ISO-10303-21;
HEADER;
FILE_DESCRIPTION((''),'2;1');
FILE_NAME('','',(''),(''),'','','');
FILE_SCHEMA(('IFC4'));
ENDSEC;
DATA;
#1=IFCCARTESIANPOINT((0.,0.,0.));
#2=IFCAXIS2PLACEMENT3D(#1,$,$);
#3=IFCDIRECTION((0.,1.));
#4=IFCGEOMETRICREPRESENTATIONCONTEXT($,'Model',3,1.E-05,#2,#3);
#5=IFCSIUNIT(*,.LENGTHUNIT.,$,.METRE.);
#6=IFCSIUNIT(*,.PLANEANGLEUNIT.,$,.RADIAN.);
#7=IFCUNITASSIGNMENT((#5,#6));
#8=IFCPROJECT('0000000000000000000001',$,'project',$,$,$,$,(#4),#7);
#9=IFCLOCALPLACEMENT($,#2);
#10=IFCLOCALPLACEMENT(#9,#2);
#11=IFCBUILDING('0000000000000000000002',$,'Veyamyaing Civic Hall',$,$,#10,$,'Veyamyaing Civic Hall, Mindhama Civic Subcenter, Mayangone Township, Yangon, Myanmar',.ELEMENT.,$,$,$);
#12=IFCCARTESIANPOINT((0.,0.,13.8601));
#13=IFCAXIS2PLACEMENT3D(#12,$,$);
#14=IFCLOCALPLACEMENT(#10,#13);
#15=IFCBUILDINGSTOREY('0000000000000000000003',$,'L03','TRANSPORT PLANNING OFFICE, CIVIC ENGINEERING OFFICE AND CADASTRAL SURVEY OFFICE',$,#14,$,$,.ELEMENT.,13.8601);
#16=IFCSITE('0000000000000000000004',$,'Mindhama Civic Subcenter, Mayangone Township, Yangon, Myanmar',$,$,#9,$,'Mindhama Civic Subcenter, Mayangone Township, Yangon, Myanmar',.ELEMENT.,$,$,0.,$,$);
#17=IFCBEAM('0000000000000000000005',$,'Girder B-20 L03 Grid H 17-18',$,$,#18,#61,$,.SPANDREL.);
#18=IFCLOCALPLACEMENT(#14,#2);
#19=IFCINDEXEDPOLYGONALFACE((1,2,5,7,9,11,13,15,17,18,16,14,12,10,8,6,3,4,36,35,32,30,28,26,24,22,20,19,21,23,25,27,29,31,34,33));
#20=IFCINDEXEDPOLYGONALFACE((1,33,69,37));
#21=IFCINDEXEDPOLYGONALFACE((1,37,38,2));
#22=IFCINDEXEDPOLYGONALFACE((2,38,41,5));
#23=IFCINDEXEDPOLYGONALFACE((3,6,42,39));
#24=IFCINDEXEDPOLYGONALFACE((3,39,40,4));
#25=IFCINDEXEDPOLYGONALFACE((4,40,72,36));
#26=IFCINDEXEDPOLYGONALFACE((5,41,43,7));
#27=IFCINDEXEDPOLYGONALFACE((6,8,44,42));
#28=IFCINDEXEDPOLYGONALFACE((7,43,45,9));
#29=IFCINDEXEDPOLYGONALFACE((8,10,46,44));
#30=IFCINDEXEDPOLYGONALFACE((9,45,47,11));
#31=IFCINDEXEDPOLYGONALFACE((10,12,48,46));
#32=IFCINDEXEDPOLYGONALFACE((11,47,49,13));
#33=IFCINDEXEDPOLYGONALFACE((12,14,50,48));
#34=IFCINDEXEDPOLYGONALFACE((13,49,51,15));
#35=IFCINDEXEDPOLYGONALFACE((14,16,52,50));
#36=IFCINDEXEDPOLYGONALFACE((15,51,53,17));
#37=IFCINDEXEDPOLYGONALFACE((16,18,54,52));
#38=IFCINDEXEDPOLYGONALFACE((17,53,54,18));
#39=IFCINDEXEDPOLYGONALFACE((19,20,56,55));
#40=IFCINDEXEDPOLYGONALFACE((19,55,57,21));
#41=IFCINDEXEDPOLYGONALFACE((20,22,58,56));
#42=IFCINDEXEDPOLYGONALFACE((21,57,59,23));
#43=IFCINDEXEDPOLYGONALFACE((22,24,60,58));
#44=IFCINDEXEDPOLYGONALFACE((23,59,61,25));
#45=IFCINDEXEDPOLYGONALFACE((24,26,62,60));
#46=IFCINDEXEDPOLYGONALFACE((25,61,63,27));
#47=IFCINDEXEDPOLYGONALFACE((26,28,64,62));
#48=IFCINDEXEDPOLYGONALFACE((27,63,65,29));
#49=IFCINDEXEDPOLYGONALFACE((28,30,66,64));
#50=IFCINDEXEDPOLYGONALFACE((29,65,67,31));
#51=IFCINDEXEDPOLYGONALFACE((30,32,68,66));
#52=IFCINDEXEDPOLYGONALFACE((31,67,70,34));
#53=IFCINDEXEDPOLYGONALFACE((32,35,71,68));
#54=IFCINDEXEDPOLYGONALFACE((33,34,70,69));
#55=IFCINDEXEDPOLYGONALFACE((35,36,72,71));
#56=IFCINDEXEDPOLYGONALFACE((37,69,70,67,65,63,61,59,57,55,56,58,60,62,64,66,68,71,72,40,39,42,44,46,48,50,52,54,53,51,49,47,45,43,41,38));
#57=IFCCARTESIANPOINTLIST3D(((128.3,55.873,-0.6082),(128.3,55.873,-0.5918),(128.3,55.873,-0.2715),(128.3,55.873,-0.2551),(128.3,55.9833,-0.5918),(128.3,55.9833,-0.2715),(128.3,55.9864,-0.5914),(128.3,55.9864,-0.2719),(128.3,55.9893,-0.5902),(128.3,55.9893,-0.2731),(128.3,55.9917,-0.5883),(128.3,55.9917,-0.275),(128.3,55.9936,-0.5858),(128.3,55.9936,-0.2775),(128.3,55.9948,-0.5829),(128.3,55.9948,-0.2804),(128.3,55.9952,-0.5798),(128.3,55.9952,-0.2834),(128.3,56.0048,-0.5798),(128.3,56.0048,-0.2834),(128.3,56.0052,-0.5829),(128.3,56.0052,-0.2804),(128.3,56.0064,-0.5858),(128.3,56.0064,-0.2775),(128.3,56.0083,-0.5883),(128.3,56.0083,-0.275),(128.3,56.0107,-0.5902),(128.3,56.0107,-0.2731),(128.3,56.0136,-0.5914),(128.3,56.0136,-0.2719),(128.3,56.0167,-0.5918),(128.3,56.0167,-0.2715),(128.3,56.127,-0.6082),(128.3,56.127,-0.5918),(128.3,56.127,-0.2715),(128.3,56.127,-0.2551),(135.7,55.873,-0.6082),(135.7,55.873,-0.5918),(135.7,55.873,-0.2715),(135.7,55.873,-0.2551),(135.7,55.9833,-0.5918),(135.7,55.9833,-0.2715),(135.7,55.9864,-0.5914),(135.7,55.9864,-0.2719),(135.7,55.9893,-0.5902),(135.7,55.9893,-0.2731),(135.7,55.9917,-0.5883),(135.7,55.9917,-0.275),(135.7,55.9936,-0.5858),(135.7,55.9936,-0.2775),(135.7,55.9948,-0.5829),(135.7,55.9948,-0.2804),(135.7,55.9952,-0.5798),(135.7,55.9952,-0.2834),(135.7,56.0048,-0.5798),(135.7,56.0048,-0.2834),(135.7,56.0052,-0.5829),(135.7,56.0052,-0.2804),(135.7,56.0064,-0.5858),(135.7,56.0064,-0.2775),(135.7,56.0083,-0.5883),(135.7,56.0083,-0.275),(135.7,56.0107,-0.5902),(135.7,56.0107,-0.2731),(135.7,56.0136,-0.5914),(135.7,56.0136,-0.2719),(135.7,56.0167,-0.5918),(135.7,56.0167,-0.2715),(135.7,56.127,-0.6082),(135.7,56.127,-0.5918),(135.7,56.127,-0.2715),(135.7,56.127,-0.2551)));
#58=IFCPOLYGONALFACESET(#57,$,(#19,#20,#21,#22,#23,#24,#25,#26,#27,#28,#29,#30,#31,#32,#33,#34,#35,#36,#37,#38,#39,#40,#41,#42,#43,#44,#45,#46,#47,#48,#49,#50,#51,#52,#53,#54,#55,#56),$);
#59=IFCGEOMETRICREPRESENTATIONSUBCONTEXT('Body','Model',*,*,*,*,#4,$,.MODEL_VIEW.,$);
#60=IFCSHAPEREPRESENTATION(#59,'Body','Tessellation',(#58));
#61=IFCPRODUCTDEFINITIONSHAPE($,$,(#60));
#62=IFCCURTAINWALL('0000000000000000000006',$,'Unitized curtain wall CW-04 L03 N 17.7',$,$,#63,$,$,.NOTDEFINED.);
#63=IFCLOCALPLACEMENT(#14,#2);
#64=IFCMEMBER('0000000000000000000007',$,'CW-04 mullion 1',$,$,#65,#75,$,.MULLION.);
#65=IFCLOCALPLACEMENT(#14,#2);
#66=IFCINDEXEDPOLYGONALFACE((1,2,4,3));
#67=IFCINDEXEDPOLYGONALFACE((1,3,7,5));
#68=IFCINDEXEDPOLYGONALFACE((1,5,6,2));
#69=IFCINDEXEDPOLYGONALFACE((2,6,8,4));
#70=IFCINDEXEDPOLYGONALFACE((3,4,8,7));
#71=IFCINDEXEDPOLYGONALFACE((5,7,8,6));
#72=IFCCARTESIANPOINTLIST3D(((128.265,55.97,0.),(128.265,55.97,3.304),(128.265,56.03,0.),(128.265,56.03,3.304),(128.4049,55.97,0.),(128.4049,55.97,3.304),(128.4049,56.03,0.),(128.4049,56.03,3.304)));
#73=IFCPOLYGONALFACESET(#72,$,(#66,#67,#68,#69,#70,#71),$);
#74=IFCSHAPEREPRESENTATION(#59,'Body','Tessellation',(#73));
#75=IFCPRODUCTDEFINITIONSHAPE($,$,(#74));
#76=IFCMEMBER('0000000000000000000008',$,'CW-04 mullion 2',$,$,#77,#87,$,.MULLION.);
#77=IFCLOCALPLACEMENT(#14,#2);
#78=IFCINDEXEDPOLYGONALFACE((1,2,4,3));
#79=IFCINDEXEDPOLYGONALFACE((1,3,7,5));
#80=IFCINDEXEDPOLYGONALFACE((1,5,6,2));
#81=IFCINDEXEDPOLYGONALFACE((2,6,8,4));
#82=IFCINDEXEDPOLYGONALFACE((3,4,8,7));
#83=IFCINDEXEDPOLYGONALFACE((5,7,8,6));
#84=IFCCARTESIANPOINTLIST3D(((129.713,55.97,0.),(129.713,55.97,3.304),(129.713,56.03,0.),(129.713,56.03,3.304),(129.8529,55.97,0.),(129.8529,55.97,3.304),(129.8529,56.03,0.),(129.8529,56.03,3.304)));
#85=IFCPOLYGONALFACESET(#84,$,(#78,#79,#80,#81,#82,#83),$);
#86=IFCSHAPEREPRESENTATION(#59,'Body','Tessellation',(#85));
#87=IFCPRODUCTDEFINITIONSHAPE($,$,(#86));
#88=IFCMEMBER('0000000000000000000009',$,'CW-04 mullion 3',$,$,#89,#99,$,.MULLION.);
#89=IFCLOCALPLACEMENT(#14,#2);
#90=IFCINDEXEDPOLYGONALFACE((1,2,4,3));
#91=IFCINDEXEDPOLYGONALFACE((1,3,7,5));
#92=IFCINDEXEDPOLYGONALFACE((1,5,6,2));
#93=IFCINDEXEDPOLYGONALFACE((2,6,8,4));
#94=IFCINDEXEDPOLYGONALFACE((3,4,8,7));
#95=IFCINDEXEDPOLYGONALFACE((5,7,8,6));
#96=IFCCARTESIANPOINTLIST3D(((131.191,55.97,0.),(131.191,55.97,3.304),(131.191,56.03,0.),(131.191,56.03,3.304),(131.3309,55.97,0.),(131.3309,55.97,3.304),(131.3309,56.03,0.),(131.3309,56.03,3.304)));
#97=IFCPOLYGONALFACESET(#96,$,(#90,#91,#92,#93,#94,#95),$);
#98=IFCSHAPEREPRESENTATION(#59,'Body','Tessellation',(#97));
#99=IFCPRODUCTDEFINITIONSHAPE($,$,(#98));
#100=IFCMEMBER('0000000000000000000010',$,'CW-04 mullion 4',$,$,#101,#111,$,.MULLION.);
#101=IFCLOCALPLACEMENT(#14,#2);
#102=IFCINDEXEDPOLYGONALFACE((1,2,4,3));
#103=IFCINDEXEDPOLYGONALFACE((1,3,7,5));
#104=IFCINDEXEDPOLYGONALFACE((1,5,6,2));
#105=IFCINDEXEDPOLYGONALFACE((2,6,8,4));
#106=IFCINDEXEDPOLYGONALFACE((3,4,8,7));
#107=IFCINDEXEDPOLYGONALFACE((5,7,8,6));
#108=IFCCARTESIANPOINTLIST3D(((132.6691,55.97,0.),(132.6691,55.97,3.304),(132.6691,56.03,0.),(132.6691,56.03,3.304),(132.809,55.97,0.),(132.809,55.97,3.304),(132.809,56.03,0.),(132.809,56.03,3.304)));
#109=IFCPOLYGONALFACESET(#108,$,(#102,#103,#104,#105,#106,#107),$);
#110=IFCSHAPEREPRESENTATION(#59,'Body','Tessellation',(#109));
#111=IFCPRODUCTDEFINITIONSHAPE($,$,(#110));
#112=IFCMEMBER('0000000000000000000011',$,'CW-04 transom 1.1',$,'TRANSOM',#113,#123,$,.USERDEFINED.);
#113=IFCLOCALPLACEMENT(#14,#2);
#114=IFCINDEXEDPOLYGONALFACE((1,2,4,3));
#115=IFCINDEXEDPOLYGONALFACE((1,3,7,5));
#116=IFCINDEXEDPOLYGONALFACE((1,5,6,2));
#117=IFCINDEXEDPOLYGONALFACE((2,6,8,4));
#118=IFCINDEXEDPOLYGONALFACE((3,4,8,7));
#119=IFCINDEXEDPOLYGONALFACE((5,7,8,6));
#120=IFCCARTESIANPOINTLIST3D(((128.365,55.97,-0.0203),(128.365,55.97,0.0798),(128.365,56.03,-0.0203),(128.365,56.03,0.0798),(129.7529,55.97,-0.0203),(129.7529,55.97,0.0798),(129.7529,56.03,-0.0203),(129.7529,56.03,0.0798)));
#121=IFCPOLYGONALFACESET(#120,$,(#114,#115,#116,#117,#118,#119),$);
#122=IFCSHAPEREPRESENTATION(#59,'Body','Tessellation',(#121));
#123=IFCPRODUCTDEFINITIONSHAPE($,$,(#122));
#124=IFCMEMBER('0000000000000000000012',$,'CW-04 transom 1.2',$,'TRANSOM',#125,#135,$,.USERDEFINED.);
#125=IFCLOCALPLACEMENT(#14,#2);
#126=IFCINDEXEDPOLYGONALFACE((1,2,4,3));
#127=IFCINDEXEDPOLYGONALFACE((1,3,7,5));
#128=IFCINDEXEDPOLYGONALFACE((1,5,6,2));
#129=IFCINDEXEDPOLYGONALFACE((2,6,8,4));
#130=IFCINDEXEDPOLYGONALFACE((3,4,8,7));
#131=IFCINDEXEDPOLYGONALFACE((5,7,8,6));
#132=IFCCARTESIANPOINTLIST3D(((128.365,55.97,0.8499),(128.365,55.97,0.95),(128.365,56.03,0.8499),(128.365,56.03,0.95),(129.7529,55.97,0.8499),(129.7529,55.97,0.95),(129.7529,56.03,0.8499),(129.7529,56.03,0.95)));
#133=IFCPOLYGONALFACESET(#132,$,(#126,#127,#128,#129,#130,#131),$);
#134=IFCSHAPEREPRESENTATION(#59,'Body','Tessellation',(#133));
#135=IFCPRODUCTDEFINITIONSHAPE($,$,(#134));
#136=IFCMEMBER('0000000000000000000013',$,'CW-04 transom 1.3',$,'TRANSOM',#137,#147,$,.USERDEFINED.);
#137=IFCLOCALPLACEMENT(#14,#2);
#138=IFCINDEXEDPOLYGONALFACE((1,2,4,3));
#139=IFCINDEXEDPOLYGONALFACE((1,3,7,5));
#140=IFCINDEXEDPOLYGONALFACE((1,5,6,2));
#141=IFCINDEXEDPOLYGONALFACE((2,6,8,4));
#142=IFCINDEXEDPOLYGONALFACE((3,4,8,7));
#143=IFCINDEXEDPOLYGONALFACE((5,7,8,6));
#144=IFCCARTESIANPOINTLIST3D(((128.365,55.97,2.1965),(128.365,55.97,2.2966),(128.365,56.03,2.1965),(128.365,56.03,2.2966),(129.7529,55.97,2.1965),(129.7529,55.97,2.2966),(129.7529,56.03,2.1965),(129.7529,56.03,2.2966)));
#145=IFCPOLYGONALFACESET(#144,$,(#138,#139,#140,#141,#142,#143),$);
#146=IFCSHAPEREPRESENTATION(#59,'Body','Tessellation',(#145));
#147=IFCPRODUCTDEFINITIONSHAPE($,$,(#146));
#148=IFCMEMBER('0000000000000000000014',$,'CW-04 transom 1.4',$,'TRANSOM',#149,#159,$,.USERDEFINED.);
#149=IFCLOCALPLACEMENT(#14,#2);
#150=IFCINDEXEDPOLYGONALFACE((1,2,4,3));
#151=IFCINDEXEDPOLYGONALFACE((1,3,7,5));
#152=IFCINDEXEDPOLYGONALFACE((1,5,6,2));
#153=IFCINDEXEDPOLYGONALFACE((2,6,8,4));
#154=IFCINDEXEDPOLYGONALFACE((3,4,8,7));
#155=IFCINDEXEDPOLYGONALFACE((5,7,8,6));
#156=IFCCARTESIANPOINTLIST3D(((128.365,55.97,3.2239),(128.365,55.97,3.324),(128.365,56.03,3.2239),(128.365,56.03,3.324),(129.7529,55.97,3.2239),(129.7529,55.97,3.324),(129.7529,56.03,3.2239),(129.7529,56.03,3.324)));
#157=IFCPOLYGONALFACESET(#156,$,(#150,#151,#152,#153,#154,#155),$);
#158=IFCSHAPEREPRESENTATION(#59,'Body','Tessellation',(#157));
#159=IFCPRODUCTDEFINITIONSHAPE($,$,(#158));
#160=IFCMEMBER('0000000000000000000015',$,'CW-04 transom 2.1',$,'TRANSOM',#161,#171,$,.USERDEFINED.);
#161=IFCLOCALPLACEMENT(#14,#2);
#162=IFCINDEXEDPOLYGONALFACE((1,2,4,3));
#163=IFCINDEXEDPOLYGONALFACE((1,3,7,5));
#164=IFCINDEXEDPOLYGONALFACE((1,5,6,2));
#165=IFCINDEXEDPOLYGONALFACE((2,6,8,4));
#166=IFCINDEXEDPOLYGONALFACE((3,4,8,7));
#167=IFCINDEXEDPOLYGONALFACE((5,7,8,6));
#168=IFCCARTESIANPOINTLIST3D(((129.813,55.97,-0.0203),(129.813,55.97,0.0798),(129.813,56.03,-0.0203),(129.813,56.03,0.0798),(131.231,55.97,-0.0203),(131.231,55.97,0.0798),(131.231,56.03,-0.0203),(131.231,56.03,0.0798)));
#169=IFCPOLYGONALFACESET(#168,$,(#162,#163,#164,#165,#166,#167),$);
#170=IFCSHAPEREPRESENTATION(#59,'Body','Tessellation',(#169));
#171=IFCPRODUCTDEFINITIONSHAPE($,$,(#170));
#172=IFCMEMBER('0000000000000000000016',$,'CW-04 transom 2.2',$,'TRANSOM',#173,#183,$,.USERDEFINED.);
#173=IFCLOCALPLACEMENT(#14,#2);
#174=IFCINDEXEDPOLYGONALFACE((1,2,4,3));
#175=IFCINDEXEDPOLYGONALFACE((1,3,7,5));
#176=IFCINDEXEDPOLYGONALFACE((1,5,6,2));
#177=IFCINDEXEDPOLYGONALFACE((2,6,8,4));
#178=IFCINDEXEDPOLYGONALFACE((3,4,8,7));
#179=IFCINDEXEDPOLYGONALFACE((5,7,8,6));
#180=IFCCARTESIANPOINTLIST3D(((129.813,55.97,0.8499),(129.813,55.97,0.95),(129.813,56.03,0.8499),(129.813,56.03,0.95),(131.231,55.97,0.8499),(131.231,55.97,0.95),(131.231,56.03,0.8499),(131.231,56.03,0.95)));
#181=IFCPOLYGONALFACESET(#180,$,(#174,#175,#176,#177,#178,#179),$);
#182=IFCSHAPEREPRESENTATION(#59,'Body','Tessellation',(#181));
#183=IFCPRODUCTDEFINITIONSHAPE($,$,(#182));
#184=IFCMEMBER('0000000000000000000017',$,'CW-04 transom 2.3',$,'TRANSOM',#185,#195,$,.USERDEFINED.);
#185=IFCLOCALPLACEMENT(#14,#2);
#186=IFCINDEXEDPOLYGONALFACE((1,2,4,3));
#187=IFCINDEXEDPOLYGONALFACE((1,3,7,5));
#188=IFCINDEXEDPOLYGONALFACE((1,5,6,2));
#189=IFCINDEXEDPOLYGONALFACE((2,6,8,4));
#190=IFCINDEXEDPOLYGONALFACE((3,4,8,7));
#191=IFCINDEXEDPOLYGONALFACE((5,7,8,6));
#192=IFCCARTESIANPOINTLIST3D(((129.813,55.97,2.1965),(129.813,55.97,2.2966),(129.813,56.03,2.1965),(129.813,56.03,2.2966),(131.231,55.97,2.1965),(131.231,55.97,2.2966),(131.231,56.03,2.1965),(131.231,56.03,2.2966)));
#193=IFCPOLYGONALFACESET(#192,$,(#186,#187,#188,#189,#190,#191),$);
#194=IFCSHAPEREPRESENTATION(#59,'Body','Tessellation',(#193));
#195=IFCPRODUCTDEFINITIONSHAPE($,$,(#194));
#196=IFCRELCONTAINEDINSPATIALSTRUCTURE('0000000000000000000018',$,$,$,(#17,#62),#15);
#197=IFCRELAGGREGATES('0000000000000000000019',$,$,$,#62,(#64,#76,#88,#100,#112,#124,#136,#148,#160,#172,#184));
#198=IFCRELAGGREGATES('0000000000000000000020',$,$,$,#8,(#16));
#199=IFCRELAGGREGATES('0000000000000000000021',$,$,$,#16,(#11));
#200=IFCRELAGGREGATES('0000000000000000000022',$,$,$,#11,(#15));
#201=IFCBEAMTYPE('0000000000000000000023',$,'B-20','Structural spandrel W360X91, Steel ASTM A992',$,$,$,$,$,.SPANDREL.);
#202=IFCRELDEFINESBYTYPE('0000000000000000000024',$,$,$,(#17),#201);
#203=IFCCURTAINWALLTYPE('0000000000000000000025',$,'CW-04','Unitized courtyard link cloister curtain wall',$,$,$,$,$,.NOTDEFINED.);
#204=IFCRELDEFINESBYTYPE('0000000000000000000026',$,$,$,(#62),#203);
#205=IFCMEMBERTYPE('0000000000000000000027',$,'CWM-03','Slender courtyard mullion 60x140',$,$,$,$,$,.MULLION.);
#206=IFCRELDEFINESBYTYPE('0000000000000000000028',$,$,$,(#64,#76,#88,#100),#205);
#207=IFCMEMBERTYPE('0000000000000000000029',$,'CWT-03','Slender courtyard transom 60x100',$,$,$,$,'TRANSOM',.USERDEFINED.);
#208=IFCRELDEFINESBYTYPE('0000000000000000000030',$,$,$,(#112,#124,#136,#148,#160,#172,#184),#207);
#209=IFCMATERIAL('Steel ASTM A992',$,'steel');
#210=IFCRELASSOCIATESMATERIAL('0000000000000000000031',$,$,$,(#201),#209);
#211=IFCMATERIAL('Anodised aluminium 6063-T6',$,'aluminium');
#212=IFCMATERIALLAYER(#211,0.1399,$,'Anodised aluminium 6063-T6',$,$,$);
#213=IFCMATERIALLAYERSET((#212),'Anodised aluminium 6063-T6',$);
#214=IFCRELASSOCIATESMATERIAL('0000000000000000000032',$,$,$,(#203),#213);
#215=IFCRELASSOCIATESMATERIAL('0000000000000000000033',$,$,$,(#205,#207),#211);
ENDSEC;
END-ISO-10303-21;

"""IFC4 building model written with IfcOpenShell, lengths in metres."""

from ifc_helpers import new_model, si_unit, direction, frame, origin, origin_2d, place, context, subcontext, project, spatial, rectangle, i_section, extrude, material, layer, layer_set, material_profile, profile_set, type_object, element, aggregate, save


model = new_model("IFC4")

# Units and contexts
model_context = context("Model", 3, precision=1e-05, world=origin(), true_north=direction((0.0, 1.0)))
body_context = subcontext(model_context, "Body", "Model", "MODEL_VIEW")
ifc_project = project(units=[si_unit("LENGTHUNIT", "METRE"), si_unit("PLANEANGLEUNIT", "RADIAN")], contexts=[model_context])

# Site, building, storey
site_placement = place(None, origin())
site = spatial("IfcSite", under=ifc_project, at=site_placement, Name="Mindhama Civic Subcenter, Mayangone Township, Yangon, Myanmar", LongName="Mindhama Civic Subcenter, Mayangone Township, Yangon, Myanmar", CompositionType="ELEMENT", RefElevation=0.0)
building_placement = place(site_placement, origin())
building = spatial("IfcBuilding", under=site, at=building_placement, Name="Veyamyaing Civic Hall", LongName="Veyamyaing Civic Hall, Mindhama Civic Subcenter, Mayangone Township, Yangon, Myanmar", CompositionType="ELEMENT")
storey_placement = place(building_placement, frame((0.0, 0.0, 13.8601)))
storey = spatial("IfcBuildingStorey", under=building, at=storey_placement, Name="L03", Description="TRANSPORT PLANNING OFFICE, CIVIC ENGINEERING OFFICE AND CADASTRAL SURVEY OFFICE", CompositionType="ELEMENT", Elevation=13.8601)

# Beam
ifc_material_1 = material(Name="Steel ASTM A992", Category="steel")
ifc_material_profile_1 = material_profile(ifc_material_1, i_section(OverallWidth=0.2539, OverallDepth=0.353, WebThickness=0.0095, FlangeThickness=0.0164, FilletRadius=0.012, at=origin_2d()), Name="W360X91")
ifc_profile_set_1 = profile_set([ifc_material_profile_1], Name="Steel ASTM A992")
beam_type = type_object("IfcBeamType", Name="B-20", Description="Structural spandrel W360X91, Steel ASTM A992", PredefinedType="SPANDREL", material=ifc_profile_set_1)
beam_placement = place(storey_placement, frame((128.3, 56.0, -0.4316), z_axis=(1.0, 0.0, 0.0), x_axis=(0.0, 1.0, 0.0)))
element("IfcBeam", 1, at=beam_placement, inside=storey, type_object=beam_type, Name="Girder B-20 L03 Grid H 17-18", PredefinedType="SPANDREL", context=body_context, shape_type="SweptSolid", body=[
    extrude(i_section(OverallWidth=0.2539, OverallDepth=0.353, WebThickness=0.0095, FlangeThickness=0.0164, FilletRadius=0.012, at=origin_2d()), origin(), (0.0, 0.0, 1.0), 7.3999),
])

# Curtain wall, members
ifc_material_2 = material(Name="Anodised aluminium 6063-T6", Category="aluminium")
ifc_layer_1 = layer(ifc_material_2, 0.1399, Name="Anodised aluminium 6063-T6")
ifc_layer_set_1 = layer_set([ifc_layer_1], Name="Anodised aluminium 6063-T6")
curtain_wall_type = type_object("IfcCurtainWallType", Name="CW-04", Description="Unitized courtyard link cloister curtain wall", PredefinedType="NOTDEFINED", material=ifc_layer_set_1)
curtain_wall_placement = place(storey_placement, origin())
curtain_wall = element("IfcCurtainWall", 2, at=curtain_wall_placement, inside=storey, type_object=curtain_wall_type, Name="Unitized curtain wall CW-04 L03 N 17.7", PredefinedType="NOTDEFINED")
ifc_material_profile_2 = material_profile(ifc_material_2, rectangle(XDim=0.0601, YDim=0.1399, at=origin_2d()), Name="ALU-MUL-60X140")
ifc_profile_set_2 = profile_set([ifc_material_profile_2], Name="Anodised aluminium 6063-T6")
member_type_1 = type_object("IfcMemberType", Name="CWM-03", Description="Slender courtyard mullion 60x140", PredefinedType="MULLION", material=ifc_profile_set_2)
member_1_placement = place(storey_placement, frame((128.335, 56.0, 0.0), z_axis=(0.0, 0.0, 1.0), x_axis=(0.0, 1.0, 0.0)))
member_1 = element("IfcMember", 3, at=member_1_placement, type_object=member_type_1, Name="CW-04 mullion 1", PredefinedType="MULLION", context=body_context, shape_type="SweptSolid", body=[
    extrude(rectangle(XDim=0.0601, YDim=0.1399, at=origin_2d()), origin(), (0.0, 0.0, 1.0), 3.304),
])
member_2_placement = place(storey_placement, frame((129.783, 56.0, 0.0), z_axis=(0.0, 0.0, 1.0), x_axis=(0.0, 1.0, 0.0)))
member_2 = element("IfcMember", 4, at=member_2_placement, type_object=member_type_1, Name="CW-04 mullion 2", PredefinedType="MULLION", context=body_context, shape_type="SweptSolid", body=[
    extrude(rectangle(XDim=0.0601, YDim=0.1399, at=origin_2d()), origin(), (0.0, 0.0, 1.0), 3.304),
])
member_3_placement = place(storey_placement, frame((131.261, 56.0, 0.0), z_axis=(0.0, 0.0, 1.0), x_axis=(0.0, 1.0, 0.0)))
member_3 = element("IfcMember", 5, at=member_3_placement, type_object=member_type_1, Name="CW-04 mullion 3", PredefinedType="MULLION", context=body_context, shape_type="SweptSolid", body=[
    extrude(rectangle(XDim=0.0601, YDim=0.1399, at=origin_2d()), origin(), (0.0, 0.0, 1.0), 3.304),
])
member_4_placement = place(storey_placement, frame((132.739, 56.0, 0.0), z_axis=(0.0, 0.0, 1.0), x_axis=(0.0, 1.0, 0.0)))
member_4 = element("IfcMember", 6, at=member_4_placement, type_object=member_type_1, Name="CW-04 mullion 4", PredefinedType="MULLION", context=body_context, shape_type="SweptSolid", body=[
    extrude(rectangle(XDim=0.0601, YDim=0.1399, at=origin_2d()), origin(), (0.0, 0.0, 1.0), 3.304),
])
ifc_material_profile_3 = material_profile(ifc_material_2, rectangle(XDim=0.0601, YDim=0.1001, at=origin_2d()), Name="ALU-TRN-60X100")
ifc_profile_set_3 = profile_set([ifc_material_profile_3], Name="Anodised aluminium 6063-T6")
member_type_2 = type_object("IfcMemberType", Name="CWT-03", Description="Slender courtyard transom 60x100", ElementType="TRANSOM", PredefinedType="USERDEFINED", material=ifc_profile_set_3)
member_5_placement = place(storey_placement, frame((128.365, 56.0, 0.0298), z_axis=(1.0, 0.0, 0.0), x_axis=(0.0, 1.0, 0.0)))
member_5 = element("IfcMember", 7, at=member_5_placement, type_object=member_type_2, Name="CW-04 transom 1.1", ObjectType="TRANSOM", PredefinedType="USERDEFINED", context=body_context, shape_type="SweptSolid", body=[
    extrude(rectangle(XDim=0.0601, YDim=0.1001, at=origin_2d()), origin(), (0.0, 0.0, 1.0), 1.3879),
])
member_6_placement = place(storey_placement, frame((128.365, 56.0, 0.8999), z_axis=(1.0, 0.0, 0.0), x_axis=(0.0, 1.0, 0.0)))
member_6 = element("IfcMember", 8, at=member_6_placement, type_object=member_type_2, Name="CW-04 transom 1.2", ObjectType="TRANSOM", PredefinedType="USERDEFINED", context=body_context, shape_type="SweptSolid", body=[
    extrude(rectangle(XDim=0.0601, YDim=0.1001, at=origin_2d()), origin(), (0.0, 0.0, 1.0), 1.3879),
])
member_7_placement = place(storey_placement, frame((128.365, 56.0, 2.2466), z_axis=(1.0, 0.0, 0.0), x_axis=(0.0, 1.0, 0.0)))
member_7 = element("IfcMember", 9, at=member_7_placement, type_object=member_type_2, Name="CW-04 transom 1.3", ObjectType="TRANSOM", PredefinedType="USERDEFINED", context=body_context, shape_type="SweptSolid", body=[
    extrude(rectangle(XDim=0.0601, YDim=0.1001, at=origin_2d()), origin(), (0.0, 0.0, 1.0), 1.3879),
])
member_8_placement = place(storey_placement, frame((128.365, 56.0, 3.2739), z_axis=(1.0, 0.0, 0.0), x_axis=(0.0, 1.0, 0.0)))
member_8 = element("IfcMember", 10, at=member_8_placement, type_object=member_type_2, Name="CW-04 transom 1.4", ObjectType="TRANSOM", PredefinedType="USERDEFINED", context=body_context, shape_type="SweptSolid", body=[
    extrude(rectangle(XDim=0.0601, YDim=0.1001, at=origin_2d()), origin(), (0.0, 0.0, 1.0), 1.3879),
])
member_9_placement = place(storey_placement, frame((129.813, 56.0, 0.0298), z_axis=(1.0, 0.0, 0.0), x_axis=(0.0, 1.0, 0.0)))
member_9 = element("IfcMember", 11, at=member_9_placement, type_object=member_type_2, Name="CW-04 transom 2.1", ObjectType="TRANSOM", PredefinedType="USERDEFINED", context=body_context, shape_type="SweptSolid", body=[
    extrude(rectangle(XDim=0.0601, YDim=0.1001, at=origin_2d()), origin(), (0.0, 0.0, 1.0), 1.418),
])
member_10_placement = place(storey_placement, frame((129.813, 56.0, 0.8999), z_axis=(1.0, 0.0, 0.0), x_axis=(0.0, 1.0, 0.0)))
member_10 = element("IfcMember", 12, at=member_10_placement, type_object=member_type_2, Name="CW-04 transom 2.2", ObjectType="TRANSOM", PredefinedType="USERDEFINED", context=body_context, shape_type="SweptSolid", body=[
    extrude(rectangle(XDim=0.0601, YDim=0.1001, at=origin_2d()), origin(), (0.0, 0.0, 1.0), 1.418),
])
member_11_placement = place(storey_placement, frame((129.813, 56.0, 2.2466), z_axis=(1.0, 0.0, 0.0), x_axis=(0.0, 1.0, 0.0)))
member_11 = element("IfcMember", 13, at=member_11_placement, type_object=member_type_2, Name="CW-04 transom 2.3", ObjectType="TRANSOM", PredefinedType="USERDEFINED", context=body_context, shape_type="SweptSolid", body=[
    extrude(rectangle(XDim=0.0601, YDim=0.1001, at=origin_2d()), origin(), (0.0, 0.0, 1.0), 1.418),
])
aggregate(curtain_wall, [member_1, member_2, member_3, member_4, member_5, member_6, member_7, member_8, member_9, member_10, member_11])

save(model, "model.ifc")
